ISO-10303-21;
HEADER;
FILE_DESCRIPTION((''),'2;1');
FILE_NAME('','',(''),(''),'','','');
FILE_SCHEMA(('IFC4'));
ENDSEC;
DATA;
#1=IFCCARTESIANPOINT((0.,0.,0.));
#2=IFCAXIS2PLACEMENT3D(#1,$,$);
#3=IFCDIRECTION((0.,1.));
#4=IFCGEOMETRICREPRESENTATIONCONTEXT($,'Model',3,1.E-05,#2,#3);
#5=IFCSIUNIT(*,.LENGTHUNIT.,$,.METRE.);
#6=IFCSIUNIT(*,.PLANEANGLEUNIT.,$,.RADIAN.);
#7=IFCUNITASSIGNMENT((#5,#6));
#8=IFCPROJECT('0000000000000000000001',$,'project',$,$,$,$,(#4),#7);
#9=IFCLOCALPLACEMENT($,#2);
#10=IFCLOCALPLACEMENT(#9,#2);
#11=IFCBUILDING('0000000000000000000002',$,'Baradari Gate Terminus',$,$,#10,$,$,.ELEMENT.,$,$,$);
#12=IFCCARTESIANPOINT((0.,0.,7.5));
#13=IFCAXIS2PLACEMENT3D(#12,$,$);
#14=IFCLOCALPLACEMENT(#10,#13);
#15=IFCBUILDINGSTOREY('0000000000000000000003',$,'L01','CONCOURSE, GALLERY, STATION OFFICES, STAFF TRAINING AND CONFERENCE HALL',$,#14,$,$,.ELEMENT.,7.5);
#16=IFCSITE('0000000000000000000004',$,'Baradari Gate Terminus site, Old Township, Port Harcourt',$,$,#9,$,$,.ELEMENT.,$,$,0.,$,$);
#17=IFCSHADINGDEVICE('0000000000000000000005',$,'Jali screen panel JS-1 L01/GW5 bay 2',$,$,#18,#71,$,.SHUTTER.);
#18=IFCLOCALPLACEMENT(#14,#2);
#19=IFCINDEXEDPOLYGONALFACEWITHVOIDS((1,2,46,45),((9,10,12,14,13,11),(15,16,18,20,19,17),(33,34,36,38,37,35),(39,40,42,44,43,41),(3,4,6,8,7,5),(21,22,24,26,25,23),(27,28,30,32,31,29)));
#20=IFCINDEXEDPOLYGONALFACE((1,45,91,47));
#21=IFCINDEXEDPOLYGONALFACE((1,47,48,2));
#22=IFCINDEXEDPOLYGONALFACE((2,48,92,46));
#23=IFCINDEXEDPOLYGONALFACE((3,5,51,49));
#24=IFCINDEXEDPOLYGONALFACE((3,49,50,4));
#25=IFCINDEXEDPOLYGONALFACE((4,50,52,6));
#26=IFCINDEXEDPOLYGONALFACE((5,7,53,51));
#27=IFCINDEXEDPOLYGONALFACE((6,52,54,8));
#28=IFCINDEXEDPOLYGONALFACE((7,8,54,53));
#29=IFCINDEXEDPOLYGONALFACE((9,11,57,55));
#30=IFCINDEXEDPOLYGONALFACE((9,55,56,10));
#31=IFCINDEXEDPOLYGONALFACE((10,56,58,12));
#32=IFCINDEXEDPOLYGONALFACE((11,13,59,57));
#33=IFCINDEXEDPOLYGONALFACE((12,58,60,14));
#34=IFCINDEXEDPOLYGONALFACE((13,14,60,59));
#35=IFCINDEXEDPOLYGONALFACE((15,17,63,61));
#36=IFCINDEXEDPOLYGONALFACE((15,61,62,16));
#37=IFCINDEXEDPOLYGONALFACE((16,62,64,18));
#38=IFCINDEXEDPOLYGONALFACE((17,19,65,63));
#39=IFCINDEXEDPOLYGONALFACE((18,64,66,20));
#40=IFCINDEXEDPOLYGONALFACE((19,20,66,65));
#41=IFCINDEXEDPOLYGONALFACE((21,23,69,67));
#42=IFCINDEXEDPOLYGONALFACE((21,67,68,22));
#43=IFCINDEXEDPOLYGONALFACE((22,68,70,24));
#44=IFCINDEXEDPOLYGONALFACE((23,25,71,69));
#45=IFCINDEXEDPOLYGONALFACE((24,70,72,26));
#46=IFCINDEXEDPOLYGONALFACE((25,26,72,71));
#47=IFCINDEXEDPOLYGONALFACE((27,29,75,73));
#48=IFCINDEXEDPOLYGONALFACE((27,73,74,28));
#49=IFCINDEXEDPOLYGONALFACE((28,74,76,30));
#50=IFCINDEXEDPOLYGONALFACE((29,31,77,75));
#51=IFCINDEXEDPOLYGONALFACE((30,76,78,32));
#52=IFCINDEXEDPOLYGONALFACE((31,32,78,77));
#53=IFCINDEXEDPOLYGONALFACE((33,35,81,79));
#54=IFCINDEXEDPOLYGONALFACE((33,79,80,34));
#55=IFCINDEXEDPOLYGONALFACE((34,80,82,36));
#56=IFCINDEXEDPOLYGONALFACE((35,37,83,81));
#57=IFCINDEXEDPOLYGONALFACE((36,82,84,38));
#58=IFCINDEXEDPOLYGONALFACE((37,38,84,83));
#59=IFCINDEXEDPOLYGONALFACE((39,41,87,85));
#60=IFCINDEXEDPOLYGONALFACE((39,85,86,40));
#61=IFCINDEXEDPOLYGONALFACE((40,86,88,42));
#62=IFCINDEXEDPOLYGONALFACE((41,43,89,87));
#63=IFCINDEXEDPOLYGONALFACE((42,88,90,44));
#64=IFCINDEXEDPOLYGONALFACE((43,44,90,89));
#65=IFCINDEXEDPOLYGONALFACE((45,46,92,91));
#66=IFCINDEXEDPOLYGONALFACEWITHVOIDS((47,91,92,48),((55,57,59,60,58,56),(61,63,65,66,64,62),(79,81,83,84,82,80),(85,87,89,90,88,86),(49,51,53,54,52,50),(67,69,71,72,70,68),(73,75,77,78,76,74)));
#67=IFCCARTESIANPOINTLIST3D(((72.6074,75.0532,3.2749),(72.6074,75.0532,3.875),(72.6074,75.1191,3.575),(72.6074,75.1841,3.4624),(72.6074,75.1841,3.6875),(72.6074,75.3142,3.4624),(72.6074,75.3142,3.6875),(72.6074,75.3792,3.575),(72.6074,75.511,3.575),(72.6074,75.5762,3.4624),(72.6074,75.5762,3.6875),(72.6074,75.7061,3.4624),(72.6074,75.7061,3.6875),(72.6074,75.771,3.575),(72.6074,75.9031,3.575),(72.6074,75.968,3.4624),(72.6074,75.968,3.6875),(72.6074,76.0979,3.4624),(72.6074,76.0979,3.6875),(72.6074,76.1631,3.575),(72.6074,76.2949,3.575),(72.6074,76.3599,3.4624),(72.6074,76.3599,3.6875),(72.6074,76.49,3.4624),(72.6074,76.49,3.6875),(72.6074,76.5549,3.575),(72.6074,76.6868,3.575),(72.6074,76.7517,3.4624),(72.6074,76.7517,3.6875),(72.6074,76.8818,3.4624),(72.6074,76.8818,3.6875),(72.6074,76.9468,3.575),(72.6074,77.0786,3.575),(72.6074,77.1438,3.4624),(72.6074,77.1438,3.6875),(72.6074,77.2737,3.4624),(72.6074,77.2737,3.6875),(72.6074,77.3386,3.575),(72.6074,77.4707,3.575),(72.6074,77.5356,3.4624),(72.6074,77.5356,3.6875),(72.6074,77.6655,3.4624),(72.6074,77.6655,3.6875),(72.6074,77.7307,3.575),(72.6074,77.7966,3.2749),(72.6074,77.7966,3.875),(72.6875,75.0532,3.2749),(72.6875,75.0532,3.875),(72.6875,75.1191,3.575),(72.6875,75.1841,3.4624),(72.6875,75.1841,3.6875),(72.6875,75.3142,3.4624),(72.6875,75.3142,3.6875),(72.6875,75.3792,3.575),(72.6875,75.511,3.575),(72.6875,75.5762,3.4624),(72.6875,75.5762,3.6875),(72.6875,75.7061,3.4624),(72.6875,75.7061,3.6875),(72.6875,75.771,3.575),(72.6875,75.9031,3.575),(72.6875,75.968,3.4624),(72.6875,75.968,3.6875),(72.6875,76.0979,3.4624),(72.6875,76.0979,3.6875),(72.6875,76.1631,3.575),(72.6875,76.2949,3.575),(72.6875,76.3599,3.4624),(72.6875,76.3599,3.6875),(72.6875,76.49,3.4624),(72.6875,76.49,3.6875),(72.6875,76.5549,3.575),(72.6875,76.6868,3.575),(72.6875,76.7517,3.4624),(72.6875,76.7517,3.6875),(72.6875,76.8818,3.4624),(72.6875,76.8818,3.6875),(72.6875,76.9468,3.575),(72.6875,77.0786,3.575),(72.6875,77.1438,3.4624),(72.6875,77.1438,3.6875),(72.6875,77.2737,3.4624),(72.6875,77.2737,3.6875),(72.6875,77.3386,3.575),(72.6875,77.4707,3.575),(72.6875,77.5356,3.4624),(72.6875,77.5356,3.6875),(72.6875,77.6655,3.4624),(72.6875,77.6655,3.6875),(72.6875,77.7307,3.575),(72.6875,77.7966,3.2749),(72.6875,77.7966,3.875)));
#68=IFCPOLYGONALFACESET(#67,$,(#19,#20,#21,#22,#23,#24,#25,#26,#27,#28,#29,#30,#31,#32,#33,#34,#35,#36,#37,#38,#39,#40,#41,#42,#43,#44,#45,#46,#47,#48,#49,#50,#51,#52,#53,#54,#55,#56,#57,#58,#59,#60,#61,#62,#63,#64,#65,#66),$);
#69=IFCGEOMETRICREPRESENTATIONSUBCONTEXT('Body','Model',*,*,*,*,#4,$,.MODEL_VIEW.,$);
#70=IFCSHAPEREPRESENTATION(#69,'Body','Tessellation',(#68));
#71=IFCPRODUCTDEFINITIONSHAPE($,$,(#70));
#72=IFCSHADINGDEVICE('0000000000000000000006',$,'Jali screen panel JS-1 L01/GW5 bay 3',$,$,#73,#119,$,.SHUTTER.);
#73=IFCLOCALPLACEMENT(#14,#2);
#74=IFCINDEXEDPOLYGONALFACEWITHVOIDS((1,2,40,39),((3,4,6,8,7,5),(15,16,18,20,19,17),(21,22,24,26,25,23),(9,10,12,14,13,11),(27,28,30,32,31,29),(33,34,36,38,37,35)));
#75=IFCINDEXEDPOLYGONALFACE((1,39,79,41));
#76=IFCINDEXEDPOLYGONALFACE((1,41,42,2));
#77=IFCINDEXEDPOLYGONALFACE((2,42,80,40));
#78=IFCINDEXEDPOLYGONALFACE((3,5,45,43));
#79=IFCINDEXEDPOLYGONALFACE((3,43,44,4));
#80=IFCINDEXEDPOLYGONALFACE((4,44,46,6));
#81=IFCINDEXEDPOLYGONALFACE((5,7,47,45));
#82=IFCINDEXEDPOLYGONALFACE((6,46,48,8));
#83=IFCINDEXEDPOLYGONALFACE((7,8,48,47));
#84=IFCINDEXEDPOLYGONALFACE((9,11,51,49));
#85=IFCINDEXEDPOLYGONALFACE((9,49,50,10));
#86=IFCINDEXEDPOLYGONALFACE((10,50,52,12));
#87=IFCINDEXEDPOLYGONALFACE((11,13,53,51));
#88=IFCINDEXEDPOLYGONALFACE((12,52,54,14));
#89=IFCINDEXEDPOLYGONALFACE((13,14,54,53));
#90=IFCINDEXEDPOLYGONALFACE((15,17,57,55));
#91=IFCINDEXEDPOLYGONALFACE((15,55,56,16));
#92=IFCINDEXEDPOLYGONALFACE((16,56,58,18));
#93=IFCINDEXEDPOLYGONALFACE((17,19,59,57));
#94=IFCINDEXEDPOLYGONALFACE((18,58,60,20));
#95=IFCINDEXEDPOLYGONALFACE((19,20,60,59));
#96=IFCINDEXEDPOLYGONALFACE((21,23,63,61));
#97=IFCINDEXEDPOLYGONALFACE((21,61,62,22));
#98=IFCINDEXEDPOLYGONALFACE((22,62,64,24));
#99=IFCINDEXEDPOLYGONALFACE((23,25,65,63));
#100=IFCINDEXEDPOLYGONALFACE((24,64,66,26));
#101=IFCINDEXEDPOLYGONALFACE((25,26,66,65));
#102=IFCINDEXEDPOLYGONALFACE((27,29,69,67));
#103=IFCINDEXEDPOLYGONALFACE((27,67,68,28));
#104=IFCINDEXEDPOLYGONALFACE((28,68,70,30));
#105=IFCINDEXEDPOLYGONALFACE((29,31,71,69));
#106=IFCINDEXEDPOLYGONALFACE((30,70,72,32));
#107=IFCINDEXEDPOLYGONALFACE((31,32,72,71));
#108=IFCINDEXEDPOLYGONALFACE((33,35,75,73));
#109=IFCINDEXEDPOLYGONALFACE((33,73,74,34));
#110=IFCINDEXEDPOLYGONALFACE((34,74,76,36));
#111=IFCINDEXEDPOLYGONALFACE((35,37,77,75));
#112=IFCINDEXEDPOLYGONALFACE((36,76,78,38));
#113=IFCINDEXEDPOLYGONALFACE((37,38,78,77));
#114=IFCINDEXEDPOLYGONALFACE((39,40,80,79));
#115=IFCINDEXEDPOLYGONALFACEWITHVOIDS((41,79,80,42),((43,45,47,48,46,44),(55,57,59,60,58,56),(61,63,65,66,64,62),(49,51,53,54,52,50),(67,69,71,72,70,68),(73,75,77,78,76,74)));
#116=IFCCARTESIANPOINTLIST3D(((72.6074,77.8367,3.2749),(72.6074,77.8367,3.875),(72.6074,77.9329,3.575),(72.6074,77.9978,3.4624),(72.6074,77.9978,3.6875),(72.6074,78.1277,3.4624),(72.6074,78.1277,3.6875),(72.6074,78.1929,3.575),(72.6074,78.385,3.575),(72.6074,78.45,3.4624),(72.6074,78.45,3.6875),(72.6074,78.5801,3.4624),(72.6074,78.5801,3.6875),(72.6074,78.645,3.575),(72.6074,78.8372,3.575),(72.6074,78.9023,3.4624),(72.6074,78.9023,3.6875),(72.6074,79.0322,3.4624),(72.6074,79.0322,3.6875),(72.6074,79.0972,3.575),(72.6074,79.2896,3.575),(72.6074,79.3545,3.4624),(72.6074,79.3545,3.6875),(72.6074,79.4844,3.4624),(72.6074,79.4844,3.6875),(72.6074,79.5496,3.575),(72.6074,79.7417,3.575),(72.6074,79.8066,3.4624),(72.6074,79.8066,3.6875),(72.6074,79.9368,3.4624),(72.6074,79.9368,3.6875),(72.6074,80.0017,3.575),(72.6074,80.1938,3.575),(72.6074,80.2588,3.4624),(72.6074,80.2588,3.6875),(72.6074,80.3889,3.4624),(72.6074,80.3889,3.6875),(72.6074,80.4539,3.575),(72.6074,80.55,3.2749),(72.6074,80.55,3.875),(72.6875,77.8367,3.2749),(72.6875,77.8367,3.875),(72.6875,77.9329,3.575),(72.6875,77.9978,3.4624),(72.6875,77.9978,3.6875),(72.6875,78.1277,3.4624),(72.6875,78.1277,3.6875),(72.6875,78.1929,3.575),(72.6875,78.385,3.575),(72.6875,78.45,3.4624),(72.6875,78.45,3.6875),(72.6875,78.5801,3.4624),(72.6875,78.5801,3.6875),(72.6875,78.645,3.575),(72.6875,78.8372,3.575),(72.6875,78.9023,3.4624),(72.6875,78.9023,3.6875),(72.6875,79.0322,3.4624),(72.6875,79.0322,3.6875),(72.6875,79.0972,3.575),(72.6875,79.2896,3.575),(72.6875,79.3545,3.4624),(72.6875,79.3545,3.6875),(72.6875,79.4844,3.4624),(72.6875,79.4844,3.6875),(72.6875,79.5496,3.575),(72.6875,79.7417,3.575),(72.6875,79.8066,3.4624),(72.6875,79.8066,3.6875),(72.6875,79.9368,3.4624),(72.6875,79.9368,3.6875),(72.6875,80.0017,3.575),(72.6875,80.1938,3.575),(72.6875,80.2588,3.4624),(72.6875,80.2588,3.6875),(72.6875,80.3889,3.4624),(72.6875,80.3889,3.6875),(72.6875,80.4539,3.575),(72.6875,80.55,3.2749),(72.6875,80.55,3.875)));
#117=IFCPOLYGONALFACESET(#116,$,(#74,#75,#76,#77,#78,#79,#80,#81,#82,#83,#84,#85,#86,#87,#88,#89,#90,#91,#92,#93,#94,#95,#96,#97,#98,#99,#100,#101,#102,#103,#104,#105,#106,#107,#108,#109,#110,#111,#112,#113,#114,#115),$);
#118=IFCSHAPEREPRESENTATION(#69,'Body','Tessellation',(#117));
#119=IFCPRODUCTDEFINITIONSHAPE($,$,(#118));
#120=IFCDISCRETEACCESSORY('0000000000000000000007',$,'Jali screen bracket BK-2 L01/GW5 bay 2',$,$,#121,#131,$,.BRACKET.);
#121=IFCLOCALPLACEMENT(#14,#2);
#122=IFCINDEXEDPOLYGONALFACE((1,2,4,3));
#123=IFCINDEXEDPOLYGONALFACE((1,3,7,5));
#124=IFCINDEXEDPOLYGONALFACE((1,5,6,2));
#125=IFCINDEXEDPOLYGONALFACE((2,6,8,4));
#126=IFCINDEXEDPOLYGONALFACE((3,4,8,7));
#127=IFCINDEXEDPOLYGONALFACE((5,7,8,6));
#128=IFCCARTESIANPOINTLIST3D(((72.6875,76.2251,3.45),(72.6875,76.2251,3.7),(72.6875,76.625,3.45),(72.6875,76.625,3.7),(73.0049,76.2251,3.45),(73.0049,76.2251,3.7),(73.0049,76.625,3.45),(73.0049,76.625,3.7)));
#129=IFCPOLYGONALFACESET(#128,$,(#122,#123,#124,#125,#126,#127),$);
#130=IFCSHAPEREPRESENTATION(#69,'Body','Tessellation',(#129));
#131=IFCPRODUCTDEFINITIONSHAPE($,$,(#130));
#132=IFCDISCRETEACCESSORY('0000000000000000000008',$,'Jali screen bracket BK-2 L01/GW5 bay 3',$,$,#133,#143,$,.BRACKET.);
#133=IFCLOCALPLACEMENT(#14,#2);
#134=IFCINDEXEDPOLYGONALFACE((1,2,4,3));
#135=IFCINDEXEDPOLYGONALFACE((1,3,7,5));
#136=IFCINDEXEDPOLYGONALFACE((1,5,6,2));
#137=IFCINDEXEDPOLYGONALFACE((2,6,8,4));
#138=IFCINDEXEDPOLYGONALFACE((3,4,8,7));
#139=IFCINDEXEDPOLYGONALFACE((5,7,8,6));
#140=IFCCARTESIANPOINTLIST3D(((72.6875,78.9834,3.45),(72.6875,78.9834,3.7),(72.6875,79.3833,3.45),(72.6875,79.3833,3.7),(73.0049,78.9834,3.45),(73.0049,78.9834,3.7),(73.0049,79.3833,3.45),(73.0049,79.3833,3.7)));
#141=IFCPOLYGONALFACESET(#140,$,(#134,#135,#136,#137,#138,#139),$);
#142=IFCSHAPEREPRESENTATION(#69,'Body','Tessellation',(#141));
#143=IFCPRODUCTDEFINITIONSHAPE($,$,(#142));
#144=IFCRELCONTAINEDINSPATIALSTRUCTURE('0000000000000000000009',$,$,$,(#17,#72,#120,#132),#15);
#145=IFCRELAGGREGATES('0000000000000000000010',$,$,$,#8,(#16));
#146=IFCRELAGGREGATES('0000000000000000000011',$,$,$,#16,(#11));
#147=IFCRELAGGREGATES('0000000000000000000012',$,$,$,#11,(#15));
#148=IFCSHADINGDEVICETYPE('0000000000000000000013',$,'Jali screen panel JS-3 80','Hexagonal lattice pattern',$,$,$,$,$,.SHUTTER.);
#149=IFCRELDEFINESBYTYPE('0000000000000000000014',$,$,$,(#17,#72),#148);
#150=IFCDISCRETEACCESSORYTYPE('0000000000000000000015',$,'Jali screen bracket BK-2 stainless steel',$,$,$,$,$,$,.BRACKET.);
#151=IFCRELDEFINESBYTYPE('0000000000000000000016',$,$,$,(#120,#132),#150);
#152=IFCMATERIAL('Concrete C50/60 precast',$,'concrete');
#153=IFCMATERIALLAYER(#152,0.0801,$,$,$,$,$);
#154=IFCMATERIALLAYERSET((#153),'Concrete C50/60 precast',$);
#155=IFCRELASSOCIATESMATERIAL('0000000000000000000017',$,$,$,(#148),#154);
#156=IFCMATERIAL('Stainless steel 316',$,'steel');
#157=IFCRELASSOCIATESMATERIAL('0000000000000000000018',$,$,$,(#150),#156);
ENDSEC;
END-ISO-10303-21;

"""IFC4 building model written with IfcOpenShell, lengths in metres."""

from ifc_helpers import new_model, si_unit, direction, frame, origin, origin_2d, place, context, subcontext, project, spatial, polyline, rectangle, outline, extrude, material, layer, layer_set, type_object, element, save


model = new_model("IFC4")

# Units and contexts
model_context = context("Model", 3, precision=1e-05, world=origin(), true_north=direction((0.0, 1.0)))
body_context = subcontext(model_context, "Body", "Model", "MODEL_VIEW")
ifc_project = project(units=[si_unit("LENGTHUNIT", "METRE"), si_unit("PLANEANGLEUNIT", "RADIAN")], contexts=[model_context])

# Site, building, storey
site_placement = place(None, origin())
site = spatial("IfcSite", under=ifc_project, at=site_placement, Name="Baradari Gate Terminus site, Old Township, Port Harcourt", CompositionType="ELEMENT", RefElevation=0.0)
building_placement = place(site_placement, origin())
building = spatial("IfcBuilding", under=site, at=building_placement, Name="Baradari Gate Terminus", CompositionType="ELEMENT")
storey_placement = place(building_placement, frame((0.0, 0.0, 7.5)))
storey = spatial("IfcBuildingStorey", under=building, at=storey_placement, Name="L01", Description="CONCOURSE, GALLERY, STATION OFFICES, STAFF TRAINING AND CONFERENCE HALL", CompositionType="ELEMENT", Elevation=7.5)

# Shading devices
ifc_material_1 = material(Name="Concrete C50/60 precast", Category="concrete")
ifc_layer_1 = layer(ifc_material_1, 0.0801)
ifc_layer_set_1 = layer_set([ifc_layer_1], Name="Concrete C50/60 precast")
shading_device_type = type_object("IfcShadingDeviceType", Name="Jali screen panel JS-3 80", Description="Hexagonal lattice pattern", PredefinedType="SHUTTER", material=ifc_layer_set_1)
shading_device_1_placement = place(storey_placement, frame((72.6475, 75.0532, 3.2749), z_axis=(0.0, 0.0, 1.0), x_axis=(0.0, 1.0, 0.0)))
element("IfcShadingDevice", 1, at=shading_device_1_placement, inside=storey, type_object=shading_device_type, Name="Jali screen panel JS-1 L01/GW5 bay 2", PredefinedType="SHUTTER", context=body_context, shape_type="SweptSolid", body=[
    extrude(outline(polyline([(0.0, 0.0), (2.7434, 0.0), (2.7434, 0.6001), (0.0, 0.6001), (0.0, 0.0)]), holes=[polyline([(0.3259, 0.3), (0.261, 0.1875), (0.1309, 0.1875), (0.0659, 0.3), (0.1309, 0.4126), (0.261, 0.4126), (0.3259, 0.3)]), polyline([(0.7178, 0.3), (0.6528, 0.1875), (0.5229, 0.1875), (0.4578, 0.3), (0.5229, 0.4126), (0.6528, 0.4126), (0.7178, 0.3)]), polyline([(1.1099, 0.3), (1.0447, 0.1875), (0.9148, 0.1875), (0.8499, 0.3), (0.9148, 0.4126), (1.0447, 0.4126), (1.1099, 0.3)]), polyline([(1.5017, 0.3), (1.4368, 0.1875), (1.3066, 0.1875), (1.2417, 0.3), (1.3066, 0.4126), (1.4368, 0.4126), (1.5017, 0.3)]), polyline([(1.8936, 0.3), (1.8286, 0.1875), (1.6985, 0.1875), (1.6335, 0.3), (1.6985, 0.4126), (1.8286, 0.4126), (1.8936, 0.3)]), polyline([(2.2854, 0.3), (2.2205, 0.1875), (2.0906, 0.1875), (2.0254, 0.3), (2.0906, 0.4126), (2.2205, 0.4126), (2.2854, 0.3)]), polyline([(2.6775, 0.3), (2.6123, 0.1875), (2.4824, 0.1875), (2.4175, 0.3), (2.4824, 0.4126), (2.6123, 0.4126), (2.6775, 0.3)])]), frame((0.0, 0.04, 0.0), z_axis=(0.0, -1.0, 0.0), x_axis=(1.0, 0.0, 0.0)), (0.0, 0.0, 1.0), 0.0801),
])
shading_device_2_placement = place(storey_placement, frame((72.6475, 77.8367, 3.2749), z_axis=(0.0, 0.0, 1.0), x_axis=(0.0, 1.0, 0.0)))
element("IfcShadingDevice", 2, at=shading_device_2_placement, inside=storey, type_object=shading_device_type, Name="Jali screen panel JS-1 L01/GW5 bay 3", PredefinedType="SHUTTER", context=body_context, shape_type="SweptSolid", body=[
    extrude(outline(polyline([(0.0, 0.0), (2.7134, 0.0), (2.7134, 0.6001), (0.0, 0.6001), (0.0, 0.0)]), holes=[polyline([(0.3562, 0.3), (0.291, 0.1875), (0.1611, 0.1875), (0.0962, 0.3), (0.1611, 0.4126), (0.291, 0.4126), (0.3562, 0.3)]), polyline([(0.8083, 0.3), (0.7434, 0.1875), (0.6133, 0.1875), (0.5483, 0.3), (0.6133, 0.4126), (0.7434, 0.4126), (0.8083, 0.3)]), polyline([(1.2605, 0.3), (1.1956, 0.1875), (1.0657, 0.1875), (1.0005, 0.3), (1.0657, 0.4126), (1.1956, 0.4126), (1.2605, 0.3)]), polyline([(1.7129, 0.3), (1.6477, 0.1875), (1.5178, 0.1875), (1.4529, 0.3), (1.5178, 0.4126), (1.6477, 0.4126), (1.7129, 0.3)]), polyline([(2.165, 0.3), (2.1001, 0.1875), (1.97, 0.1875), (1.905, 0.3), (1.97, 0.4126), (2.1001, 0.4126), (2.165, 0.3)]), polyline([(2.6172, 0.3), (2.5522, 0.1875), (2.4221, 0.1875), (2.3572, 0.3), (2.4221, 0.4126), (2.5522, 0.4126), (2.6172, 0.3)])]), frame((0.0, 0.04, 0.0), z_axis=(0.0, -1.0, 0.0), x_axis=(1.0, 0.0, 0.0)), (0.0, 0.0, 1.0), 0.0801),
])

# Discrete accessories
ifc_material_2 = material(Name="Stainless steel 316", Category="steel")
discrete_accessory_type = type_object("IfcDiscreteAccessoryType", Name="Jali screen bracket BK-2 stainless steel", PredefinedType="BRACKET", material=ifc_material_2)
for number, where, z_axis, x_axis, name in (
    (3, (72.8462, 76.425, 3.45), (0.0, 0.0, 1.0), (-1.0, 0.0, 0.0), "Jali screen bracket BK-2 L01/GW5 bay 2"),
    (4, (72.8462, 79.1833, 3.45), (0.0, 0.0, 1.0), (-1.0, 0.0, 0.0), "Jali screen bracket BK-2 L01/GW5 bay 3"),
):
    element("IfcDiscreteAccessory", number, at=place(storey_placement, frame(where, z_axis=z_axis, x_axis=x_axis)), inside=storey, type_object=discrete_accessory_type, Name=name, PredefinedType="BRACKET", context=body_context, shape_type="SweptSolid", body=[
        extrude(rectangle(XDim=0.3174, YDim=0.3999, at=origin_2d()), origin(), (0.0, 0.0, 1.0), 0.25),
    ])

save(model, "model.ifc")
